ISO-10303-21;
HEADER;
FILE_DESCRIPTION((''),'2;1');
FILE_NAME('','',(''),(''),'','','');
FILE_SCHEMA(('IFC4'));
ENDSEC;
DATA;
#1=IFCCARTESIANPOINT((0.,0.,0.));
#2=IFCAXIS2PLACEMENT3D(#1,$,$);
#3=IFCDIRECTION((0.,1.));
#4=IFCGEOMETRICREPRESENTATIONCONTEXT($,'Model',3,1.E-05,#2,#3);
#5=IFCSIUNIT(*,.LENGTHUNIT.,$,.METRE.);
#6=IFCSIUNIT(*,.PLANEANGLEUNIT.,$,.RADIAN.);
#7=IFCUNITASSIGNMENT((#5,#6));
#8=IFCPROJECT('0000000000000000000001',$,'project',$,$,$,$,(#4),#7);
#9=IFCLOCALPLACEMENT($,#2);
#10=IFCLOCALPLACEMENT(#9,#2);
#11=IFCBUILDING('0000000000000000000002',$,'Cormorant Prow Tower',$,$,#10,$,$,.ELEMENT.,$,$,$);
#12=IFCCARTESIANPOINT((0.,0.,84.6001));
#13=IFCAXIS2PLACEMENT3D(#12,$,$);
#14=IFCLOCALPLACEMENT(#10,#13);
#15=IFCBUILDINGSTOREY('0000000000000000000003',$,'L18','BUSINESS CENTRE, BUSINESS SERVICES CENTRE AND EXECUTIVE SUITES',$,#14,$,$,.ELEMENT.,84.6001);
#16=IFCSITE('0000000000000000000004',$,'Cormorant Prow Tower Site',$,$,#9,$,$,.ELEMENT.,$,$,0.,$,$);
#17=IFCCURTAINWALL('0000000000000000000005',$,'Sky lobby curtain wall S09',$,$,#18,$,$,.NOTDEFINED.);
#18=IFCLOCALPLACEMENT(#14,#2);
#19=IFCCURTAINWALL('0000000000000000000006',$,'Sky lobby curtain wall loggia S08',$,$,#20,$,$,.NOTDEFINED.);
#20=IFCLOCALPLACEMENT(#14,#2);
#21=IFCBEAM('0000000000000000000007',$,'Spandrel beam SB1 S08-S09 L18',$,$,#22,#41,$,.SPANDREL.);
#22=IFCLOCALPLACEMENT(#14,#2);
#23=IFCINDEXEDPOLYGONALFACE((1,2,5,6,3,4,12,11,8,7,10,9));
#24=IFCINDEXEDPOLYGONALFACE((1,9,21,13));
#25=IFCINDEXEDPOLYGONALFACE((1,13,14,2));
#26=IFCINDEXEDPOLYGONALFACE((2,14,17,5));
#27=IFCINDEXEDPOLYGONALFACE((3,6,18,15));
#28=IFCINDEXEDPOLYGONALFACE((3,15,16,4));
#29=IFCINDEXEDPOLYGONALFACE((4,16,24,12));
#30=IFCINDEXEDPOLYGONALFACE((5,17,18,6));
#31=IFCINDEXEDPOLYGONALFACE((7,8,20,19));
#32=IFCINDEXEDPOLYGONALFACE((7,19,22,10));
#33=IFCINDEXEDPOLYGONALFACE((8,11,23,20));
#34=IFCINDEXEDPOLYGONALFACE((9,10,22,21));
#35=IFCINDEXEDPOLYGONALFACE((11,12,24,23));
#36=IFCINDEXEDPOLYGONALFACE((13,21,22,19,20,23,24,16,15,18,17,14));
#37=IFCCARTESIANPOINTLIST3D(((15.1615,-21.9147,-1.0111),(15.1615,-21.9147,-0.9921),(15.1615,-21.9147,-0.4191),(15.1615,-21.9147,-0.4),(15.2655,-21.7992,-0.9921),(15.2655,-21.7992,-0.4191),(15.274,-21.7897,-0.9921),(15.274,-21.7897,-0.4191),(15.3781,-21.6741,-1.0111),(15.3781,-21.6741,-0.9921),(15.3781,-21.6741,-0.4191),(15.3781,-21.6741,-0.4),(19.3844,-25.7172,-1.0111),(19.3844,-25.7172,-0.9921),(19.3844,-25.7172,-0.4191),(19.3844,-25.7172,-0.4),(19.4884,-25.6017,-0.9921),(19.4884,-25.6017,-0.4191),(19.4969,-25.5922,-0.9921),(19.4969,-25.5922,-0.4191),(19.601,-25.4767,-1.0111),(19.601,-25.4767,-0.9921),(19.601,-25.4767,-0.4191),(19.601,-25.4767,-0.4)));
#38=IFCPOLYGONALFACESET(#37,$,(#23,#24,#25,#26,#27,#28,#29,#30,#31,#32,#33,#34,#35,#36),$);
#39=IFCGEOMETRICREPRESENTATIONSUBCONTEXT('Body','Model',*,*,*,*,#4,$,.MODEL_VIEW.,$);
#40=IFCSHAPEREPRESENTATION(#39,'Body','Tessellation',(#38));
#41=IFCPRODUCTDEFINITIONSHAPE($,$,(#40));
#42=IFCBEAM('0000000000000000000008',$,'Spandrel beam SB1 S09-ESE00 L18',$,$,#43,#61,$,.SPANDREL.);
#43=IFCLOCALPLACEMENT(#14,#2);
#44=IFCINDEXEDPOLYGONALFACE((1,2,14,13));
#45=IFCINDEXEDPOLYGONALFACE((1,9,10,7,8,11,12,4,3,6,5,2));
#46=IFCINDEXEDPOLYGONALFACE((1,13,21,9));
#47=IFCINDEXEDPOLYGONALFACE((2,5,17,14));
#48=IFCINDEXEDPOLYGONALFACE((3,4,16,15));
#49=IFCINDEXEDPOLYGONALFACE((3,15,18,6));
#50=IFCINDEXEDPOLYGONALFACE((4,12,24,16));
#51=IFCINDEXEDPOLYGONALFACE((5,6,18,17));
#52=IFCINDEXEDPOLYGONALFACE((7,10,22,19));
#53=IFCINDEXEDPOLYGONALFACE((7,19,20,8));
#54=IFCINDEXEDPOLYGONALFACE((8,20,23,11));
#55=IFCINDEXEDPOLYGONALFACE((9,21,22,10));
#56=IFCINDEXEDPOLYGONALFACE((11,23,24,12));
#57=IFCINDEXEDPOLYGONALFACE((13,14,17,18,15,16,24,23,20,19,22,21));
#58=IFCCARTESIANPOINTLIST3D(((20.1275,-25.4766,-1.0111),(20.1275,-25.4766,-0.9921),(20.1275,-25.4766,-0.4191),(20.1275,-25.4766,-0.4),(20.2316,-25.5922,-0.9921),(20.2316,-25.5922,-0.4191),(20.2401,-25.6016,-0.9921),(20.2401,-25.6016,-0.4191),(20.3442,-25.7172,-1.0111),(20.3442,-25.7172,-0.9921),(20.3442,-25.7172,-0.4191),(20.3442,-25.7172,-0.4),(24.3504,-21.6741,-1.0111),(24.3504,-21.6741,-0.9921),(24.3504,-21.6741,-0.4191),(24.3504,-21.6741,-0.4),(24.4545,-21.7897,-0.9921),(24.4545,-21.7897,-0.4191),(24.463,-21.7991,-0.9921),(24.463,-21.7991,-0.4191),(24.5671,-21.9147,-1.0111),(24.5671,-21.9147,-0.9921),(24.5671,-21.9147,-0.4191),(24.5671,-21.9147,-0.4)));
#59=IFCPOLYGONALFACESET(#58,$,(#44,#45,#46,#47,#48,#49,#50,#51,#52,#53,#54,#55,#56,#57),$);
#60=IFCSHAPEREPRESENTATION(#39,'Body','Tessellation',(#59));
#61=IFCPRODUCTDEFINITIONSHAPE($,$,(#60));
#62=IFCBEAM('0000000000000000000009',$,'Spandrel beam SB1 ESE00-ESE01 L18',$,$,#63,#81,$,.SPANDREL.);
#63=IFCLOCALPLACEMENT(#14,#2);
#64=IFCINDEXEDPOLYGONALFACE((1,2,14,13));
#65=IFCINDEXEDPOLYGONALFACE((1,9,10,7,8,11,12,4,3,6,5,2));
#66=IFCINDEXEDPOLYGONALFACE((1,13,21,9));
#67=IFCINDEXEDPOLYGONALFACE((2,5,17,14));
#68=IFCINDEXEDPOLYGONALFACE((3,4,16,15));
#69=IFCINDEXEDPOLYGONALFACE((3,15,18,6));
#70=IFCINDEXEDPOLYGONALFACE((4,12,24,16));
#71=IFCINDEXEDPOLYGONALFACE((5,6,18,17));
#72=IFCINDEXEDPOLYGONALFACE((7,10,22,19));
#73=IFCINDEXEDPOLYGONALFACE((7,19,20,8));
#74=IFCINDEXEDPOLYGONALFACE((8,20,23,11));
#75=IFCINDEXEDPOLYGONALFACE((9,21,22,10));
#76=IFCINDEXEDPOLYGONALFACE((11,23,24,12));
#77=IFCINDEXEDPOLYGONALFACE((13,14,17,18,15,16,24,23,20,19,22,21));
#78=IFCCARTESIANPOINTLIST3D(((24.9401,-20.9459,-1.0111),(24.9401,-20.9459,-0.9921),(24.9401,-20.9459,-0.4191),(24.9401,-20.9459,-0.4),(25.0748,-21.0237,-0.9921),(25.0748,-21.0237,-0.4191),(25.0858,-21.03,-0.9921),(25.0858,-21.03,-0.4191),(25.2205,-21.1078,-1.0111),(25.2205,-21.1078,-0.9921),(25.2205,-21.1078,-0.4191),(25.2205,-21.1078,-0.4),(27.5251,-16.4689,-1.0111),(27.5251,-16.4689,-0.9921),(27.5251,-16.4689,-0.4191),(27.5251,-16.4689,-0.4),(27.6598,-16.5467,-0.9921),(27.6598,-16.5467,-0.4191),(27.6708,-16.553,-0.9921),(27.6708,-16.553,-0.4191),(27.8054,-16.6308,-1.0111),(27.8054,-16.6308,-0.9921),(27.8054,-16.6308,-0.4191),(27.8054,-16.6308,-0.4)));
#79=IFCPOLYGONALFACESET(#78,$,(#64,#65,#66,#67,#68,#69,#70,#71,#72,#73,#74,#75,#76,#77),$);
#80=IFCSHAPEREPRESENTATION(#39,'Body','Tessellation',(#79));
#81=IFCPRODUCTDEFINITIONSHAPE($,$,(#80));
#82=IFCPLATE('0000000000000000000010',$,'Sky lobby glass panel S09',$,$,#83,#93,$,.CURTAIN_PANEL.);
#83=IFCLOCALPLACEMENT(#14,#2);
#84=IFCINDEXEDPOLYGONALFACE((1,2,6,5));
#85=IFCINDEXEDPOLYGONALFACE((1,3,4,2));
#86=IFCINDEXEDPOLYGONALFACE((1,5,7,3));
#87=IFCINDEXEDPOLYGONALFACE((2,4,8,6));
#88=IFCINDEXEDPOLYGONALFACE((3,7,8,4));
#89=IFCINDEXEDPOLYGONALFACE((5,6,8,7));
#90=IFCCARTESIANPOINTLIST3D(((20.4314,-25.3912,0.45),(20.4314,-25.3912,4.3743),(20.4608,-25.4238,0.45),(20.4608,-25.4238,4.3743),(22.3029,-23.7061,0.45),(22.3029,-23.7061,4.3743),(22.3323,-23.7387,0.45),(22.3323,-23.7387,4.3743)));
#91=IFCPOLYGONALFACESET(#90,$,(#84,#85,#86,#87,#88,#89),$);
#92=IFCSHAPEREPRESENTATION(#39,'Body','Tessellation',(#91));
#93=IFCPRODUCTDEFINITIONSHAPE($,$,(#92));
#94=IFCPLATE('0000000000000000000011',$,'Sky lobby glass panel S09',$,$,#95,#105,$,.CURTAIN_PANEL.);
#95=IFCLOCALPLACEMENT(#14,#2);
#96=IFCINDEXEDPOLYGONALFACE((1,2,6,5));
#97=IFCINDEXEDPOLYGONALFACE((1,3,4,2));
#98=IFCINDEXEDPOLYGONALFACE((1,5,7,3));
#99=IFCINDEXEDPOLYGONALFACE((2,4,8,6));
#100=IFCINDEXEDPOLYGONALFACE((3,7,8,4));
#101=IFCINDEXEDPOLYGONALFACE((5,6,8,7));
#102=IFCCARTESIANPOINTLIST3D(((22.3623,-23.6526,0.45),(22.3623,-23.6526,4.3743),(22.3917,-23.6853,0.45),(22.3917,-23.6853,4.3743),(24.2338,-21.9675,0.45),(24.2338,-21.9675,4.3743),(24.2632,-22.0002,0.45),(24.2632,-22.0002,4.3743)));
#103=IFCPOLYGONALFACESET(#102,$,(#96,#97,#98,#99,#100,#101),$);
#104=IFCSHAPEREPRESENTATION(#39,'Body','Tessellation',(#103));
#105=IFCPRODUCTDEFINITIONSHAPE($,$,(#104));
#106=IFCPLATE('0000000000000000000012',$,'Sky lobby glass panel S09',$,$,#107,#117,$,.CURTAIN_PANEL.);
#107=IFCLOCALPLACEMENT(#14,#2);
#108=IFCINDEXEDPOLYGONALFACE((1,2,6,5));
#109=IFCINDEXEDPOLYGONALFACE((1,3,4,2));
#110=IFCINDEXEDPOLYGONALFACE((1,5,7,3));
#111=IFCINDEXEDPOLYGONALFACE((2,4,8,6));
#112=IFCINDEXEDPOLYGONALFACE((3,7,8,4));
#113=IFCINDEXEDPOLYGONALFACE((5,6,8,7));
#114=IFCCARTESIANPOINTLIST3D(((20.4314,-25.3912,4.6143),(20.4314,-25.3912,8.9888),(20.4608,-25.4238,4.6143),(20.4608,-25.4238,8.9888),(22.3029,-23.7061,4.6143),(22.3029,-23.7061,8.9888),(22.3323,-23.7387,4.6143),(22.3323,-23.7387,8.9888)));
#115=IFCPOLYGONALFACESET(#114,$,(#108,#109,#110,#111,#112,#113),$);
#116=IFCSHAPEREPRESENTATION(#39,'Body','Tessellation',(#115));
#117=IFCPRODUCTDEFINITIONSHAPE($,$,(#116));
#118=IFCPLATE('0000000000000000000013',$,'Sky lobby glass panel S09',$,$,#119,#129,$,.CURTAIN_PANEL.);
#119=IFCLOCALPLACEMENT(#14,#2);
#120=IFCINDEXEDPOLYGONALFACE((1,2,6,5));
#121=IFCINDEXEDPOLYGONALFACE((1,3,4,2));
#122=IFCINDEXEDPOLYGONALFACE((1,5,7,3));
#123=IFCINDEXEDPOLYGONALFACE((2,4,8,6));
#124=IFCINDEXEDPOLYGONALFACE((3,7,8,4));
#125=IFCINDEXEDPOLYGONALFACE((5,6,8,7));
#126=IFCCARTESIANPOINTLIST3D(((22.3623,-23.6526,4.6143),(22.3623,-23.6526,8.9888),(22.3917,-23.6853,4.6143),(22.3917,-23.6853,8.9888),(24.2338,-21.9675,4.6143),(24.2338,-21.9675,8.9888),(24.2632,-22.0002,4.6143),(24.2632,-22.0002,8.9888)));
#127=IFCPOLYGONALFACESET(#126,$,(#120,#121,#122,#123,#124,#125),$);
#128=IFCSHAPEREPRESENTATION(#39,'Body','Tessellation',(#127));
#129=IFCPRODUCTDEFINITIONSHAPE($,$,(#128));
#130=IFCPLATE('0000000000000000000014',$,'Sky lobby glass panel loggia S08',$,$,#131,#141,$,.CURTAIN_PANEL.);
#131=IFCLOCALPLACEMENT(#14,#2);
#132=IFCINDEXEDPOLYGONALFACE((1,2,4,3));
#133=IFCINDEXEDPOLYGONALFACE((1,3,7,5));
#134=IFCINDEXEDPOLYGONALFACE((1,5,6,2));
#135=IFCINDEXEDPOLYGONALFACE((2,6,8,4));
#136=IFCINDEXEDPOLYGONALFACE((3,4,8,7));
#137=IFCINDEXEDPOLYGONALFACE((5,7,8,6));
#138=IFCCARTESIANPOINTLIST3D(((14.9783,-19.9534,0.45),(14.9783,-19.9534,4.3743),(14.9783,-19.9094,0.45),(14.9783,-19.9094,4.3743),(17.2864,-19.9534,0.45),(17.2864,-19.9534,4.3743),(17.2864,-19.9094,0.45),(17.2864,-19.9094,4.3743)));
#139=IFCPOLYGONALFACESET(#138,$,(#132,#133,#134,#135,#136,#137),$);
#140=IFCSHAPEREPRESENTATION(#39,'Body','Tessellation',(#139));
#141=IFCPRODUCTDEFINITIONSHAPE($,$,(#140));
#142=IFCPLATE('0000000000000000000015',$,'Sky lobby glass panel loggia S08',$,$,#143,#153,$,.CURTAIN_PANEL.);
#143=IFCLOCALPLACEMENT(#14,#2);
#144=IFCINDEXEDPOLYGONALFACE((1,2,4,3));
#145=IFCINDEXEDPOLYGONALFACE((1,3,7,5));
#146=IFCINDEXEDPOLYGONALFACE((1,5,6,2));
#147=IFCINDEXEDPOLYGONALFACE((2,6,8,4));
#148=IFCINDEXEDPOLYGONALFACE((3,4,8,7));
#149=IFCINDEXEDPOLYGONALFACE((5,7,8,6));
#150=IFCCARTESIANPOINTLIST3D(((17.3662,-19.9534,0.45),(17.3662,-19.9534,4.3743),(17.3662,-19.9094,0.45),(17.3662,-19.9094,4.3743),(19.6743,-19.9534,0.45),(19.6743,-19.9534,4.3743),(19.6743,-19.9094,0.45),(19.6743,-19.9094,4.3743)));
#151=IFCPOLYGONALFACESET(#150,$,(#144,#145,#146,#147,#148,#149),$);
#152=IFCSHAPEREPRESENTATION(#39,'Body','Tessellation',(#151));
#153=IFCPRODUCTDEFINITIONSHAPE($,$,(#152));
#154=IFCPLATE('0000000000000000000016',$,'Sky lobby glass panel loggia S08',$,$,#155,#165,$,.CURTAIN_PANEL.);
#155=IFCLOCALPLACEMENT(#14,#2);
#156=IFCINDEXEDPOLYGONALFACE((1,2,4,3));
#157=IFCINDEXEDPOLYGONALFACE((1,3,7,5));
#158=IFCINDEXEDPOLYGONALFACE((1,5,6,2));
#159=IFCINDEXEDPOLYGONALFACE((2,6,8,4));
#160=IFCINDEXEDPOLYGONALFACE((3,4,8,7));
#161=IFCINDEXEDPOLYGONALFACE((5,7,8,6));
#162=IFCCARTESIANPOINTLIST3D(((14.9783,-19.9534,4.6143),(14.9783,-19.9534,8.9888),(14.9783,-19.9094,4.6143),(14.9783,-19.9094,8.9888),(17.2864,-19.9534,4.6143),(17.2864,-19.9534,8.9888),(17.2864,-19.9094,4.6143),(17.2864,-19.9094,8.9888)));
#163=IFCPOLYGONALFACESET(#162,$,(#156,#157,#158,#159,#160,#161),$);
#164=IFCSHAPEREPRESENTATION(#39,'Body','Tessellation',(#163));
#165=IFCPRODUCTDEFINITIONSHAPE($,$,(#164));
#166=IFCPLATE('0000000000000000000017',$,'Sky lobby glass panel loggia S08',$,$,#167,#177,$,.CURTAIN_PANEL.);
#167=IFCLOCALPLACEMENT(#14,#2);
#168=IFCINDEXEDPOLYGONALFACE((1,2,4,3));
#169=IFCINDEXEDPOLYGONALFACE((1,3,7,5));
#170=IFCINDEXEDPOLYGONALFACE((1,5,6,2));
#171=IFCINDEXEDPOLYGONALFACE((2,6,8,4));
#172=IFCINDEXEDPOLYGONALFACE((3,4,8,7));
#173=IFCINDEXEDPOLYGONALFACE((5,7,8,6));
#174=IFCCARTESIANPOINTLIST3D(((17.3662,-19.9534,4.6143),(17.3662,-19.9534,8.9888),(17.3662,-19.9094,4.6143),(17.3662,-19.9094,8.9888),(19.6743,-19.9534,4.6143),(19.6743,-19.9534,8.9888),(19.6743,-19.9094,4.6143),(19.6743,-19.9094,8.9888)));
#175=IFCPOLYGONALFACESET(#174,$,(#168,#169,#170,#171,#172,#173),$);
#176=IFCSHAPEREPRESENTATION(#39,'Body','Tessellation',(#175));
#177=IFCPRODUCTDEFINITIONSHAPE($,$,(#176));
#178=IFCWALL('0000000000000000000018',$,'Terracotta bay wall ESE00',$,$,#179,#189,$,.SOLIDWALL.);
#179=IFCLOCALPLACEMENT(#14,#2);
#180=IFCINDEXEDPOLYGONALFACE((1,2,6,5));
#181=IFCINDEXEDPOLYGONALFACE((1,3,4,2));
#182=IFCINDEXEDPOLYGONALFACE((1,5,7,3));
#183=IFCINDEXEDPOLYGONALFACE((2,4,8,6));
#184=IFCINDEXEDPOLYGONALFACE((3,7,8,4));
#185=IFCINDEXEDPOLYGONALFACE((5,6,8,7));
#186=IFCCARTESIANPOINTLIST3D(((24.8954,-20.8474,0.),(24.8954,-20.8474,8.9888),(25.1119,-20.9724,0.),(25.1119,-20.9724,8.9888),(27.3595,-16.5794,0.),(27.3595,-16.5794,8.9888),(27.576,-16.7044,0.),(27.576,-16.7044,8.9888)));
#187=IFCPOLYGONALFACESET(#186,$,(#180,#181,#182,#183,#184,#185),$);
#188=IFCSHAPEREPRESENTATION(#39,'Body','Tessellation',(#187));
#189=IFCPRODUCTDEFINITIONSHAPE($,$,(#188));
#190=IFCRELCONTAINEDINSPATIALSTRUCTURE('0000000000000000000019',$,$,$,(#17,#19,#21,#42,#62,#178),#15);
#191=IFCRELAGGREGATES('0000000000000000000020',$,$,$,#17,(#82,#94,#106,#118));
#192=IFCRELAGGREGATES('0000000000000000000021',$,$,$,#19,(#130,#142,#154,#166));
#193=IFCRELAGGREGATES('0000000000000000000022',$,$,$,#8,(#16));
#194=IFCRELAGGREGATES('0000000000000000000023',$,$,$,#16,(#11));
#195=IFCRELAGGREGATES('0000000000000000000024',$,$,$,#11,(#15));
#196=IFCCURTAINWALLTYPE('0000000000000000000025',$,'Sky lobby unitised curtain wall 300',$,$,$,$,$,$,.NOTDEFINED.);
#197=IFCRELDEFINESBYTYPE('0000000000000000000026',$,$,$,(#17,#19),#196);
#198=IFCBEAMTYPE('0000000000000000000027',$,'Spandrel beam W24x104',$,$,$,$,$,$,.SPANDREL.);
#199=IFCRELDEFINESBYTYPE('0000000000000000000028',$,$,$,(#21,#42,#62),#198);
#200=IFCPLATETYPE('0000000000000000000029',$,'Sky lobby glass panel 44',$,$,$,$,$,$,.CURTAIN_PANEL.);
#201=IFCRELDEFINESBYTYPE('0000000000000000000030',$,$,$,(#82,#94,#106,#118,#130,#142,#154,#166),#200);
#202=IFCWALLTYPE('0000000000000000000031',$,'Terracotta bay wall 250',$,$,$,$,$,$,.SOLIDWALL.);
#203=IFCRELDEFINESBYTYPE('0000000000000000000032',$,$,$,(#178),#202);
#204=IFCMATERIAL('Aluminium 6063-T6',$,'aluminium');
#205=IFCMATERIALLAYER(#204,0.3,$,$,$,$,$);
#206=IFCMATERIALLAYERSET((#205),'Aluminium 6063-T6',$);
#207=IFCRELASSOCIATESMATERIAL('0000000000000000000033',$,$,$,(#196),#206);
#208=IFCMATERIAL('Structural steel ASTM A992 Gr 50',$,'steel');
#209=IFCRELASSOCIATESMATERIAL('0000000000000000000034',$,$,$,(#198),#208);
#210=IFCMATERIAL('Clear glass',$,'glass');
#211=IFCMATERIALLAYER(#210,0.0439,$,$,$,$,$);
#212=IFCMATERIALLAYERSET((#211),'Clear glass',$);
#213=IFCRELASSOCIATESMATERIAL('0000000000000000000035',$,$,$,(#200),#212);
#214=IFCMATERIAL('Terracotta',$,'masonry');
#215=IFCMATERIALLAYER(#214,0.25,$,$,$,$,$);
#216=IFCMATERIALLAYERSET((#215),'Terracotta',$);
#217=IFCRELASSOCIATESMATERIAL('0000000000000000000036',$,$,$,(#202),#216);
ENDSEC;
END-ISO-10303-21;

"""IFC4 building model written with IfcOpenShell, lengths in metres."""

from ifc_helpers import new_model, si_unit, direction, frame, frame_2d, origin, origin_2d, place, context, subcontext, project, spatial, rectangle, i_section, extrude, material, layer, layer_set, material_profile, profile_set, type_object, element, aggregate, save


model = new_model("IFC4")

# Units and contexts
model_context = context("Model", 3, precision=1e-05, world=origin(), true_north=direction((0.0, 1.0)))
body_context = subcontext(model_context, "Body", "Model", "MODEL_VIEW")
ifc_project = project(units=[si_unit("LENGTHUNIT", "METRE"), si_unit("PLANEANGLEUNIT", "RADIAN")], contexts=[model_context])

# Site, building, storey
site_placement = place(None, origin())
site = spatial("IfcSite", under=ifc_project, at=site_placement, Name="Cormorant Prow Tower Site", CompositionType="ELEMENT", RefElevation=0.0)
building_placement = place(site_placement, origin())
building = spatial("IfcBuilding", under=site, at=building_placement, Name="Cormorant Prow Tower", CompositionType="ELEMENT")
storey_placement = place(building_placement, frame((0.0, 0.0, 84.6001)))
storey = spatial("IfcBuildingStorey", under=building, at=storey_placement, Name="L18", Description="BUSINESS CENTRE, BUSINESS SERVICES CENTRE AND EXECUTIVE SUITES", CompositionType="ELEMENT", Elevation=84.6001)

# Curtain walls
ifc_material_1 = material(Name="Aluminium 6063-T6", Category="aluminium")
ifc_layer_1 = layer(ifc_material_1, 0.3)
ifc_layer_set_1 = layer_set([ifc_layer_1], Name="Aluminium 6063-T6")
curtain_wall_type = type_object("IfcCurtainWallType", Name="Sky lobby unitised curtain wall 300", PredefinedType="NOTDEFINED", material=ifc_layer_set_1)
curtain_wall_1_placement = place(storey_placement, origin())
curtain_wall_1 = element("IfcCurtainWall", 1, at=curtain_wall_1_placement, inside=storey, type_object=curtain_wall_type, Name="Sky lobby curtain wall S09", PredefinedType="NOTDEFINED")
curtain_wall_2_placement = place(storey_placement, origin())
curtain_wall_2 = element("IfcCurtainWall", 2, at=curtain_wall_2_placement, inside=storey, type_object=curtain_wall_type, Name="Sky lobby curtain wall loggia S08", PredefinedType="NOTDEFINED")

# Beams
ifc_material_2 = material(Name="Structural steel ASTM A992 Gr 50", Category="steel")
ifc_material_profile_1 = material_profile(ifc_material_2, i_section(OverallWidth=0.3237, OverallDepth=0.6111, WebThickness=0.0127, FlangeThickness=0.019, at=origin_2d()), Name="W24x104")
ifc_profile_set_1 = profile_set([ifc_material_profile_1], Name="Structural steel ASTM A992 Gr 50")
beam_type = type_object("IfcBeamType", Name="Spandrel beam W24x104", PredefinedType="SPANDREL", material=ifc_profile_set_1)
for number, where, z_axis, x_axis, name in (
    (3, (15.2698, -21.7944, -0.7056), (0.74313, -0.669147, 0.0), (0.669147, 0.74313, 0.0), "Spandrel beam SB1 S08-S09 L18"),
    (4, (20.2358, -25.5969, -0.7056), (0.74313, 0.669147, 0.0), (-0.669147, 0.74313, 0.0), "Spandrel beam SB1 S09-ESE00 L18"),
):
    element("IfcBeam", number, at=place(storey_placement, frame(where, z_axis=z_axis, x_axis=x_axis)), inside=storey, type_object=beam_type, Name=name, PredefinedType="SPANDREL", context=body_context, shape_type="SweptSolid", body=[
        extrude(i_section(OverallWidth=0.3237, OverallDepth=0.6111, WebThickness=0.0127, FlangeThickness=0.019, at=origin_2d()), origin(), (0.0, 0.0, 1.0), 5.6826),
    ])
beam_placement = place(storey_placement, frame((25.0803, -21.0269, -0.7056), z_axis=(0.50002, 0.866014, 0.0), x_axis=(-0.866014, 0.50002, 0.0)))
element("IfcBeam", 5, at=beam_placement, inside=storey, type_object=beam_type, Name="Spandrel beam SB1 ESE00-ESE01 L18", PredefinedType="SPANDREL", context=body_context, shape_type="SweptSolid", body=[
    extrude(i_section(OverallWidth=0.3237, OverallDepth=0.6111, WebThickness=0.0127, FlangeThickness=0.019, at=origin_2d()), origin(), (0.0, 0.0, 1.0), 5.1697),
])

# Plates
ifc_material_3 = material(Name="Clear glass", Category="glass")
ifc_layer_2 = layer(ifc_material_3, 0.0439)
ifc_layer_set_2 = layer_set([ifc_layer_2], Name="Clear glass")
plate_type = type_object("IfcPlateType", Name="Sky lobby glass panel 44", PredefinedType="CURTAIN_PANEL", material=ifc_layer_set_2)
plate_1_placement = place(storey_placement, frame((21.3818, -24.5649, 0.45), z_axis=(0.0, 0.0, 1.0), x_axis=(0.743145, 0.669131, 0.0)))
plate_1 = element("IfcPlate", 6, at=plate_1_placement, type_object=plate_type, Name="Sky lobby glass panel S09", PredefinedType="CURTAIN_PANEL", context=body_context, shape_type="SweptSolid", body=[
    extrude(rectangle(XDim=2.5183, YDim=0.0439, at=origin_2d()), origin(), (0.0, 0.0, 1.0), 3.9243),
])
plate_2_placement = place(storey_placement, frame((23.3127, -22.8264, 0.45), z_axis=(0.0, 0.0, 1.0), x_axis=(0.743145, 0.669131, 0.0)))
plate_2 = element("IfcPlate", 7, at=plate_2_placement, type_object=plate_type, Name="Sky lobby glass panel S09", PredefinedType="CURTAIN_PANEL", context=body_context, shape_type="SweptSolid", body=[
    extrude(rectangle(XDim=2.5183, YDim=0.0439, at=origin_2d()), origin(), (0.0, 0.0, 1.0), 3.9243),
])
plate_3_placement = place(storey_placement, frame((21.3818, -24.5649, 4.6143), z_axis=(0.0, 0.0, 1.0), x_axis=(0.743145, 0.669131, 0.0)))
plate_3 = element("IfcPlate", 8, at=plate_3_placement, type_object=plate_type, Name="Sky lobby glass panel S09", PredefinedType="CURTAIN_PANEL", context=body_context, shape_type="SweptSolid", body=[
    extrude(rectangle(XDim=2.5183, YDim=0.0439, at=origin_2d()), origin(), (0.0, 0.0, 1.0), 4.3745),
])
plate_4_placement = place(storey_placement, frame((23.3127, -22.8264, 4.6143), z_axis=(0.0, 0.0, 1.0), x_axis=(0.743145, 0.669131, 0.0)))
plate_4 = element("IfcPlate", 9, at=plate_4_placement, type_object=plate_type, Name="Sky lobby glass panel S09", PredefinedType="CURTAIN_PANEL", context=body_context, shape_type="SweptSolid", body=[
    extrude(rectangle(XDim=2.5183, YDim=0.0439, at=origin_2d()), origin(), (0.0, 0.0, 1.0), 4.3745),
])
aggregate(curtain_wall_1, [plate_1, plate_2, plate_3, plate_4])
plate_5_placement = place(storey_placement, frame((16.1323, -19.9314, 0.45), z_axis=(0.0, 0.0, 1.0), x_axis=(1.0, 0.0, 0.0)))
plate_5 = element("IfcPlate", 10, at=plate_5_placement, type_object=plate_type, Name="Sky lobby glass panel loggia S08", PredefinedType="CURTAIN_PANEL", context=body_context, shape_type="SweptSolid", body=[
    extrude(rectangle(XDim=2.3081, YDim=0.0439, at=origin_2d()), origin(), (0.0, 0.0, 1.0), 3.9243),
])
plate_6_placement = place(storey_placement, frame((18.5203, -19.9314, 0.45), z_axis=(0.0, 0.0, 1.0), x_axis=(1.0, 0.0, 0.0)))
plate_6 = element("IfcPlate", 11, at=plate_6_placement, type_object=plate_type, Name="Sky lobby glass panel loggia S08", PredefinedType="CURTAIN_PANEL", context=body_context, shape_type="SweptSolid", body=[
    extrude(rectangle(XDim=2.3081, YDim=0.0439, at=origin_2d()), origin(), (0.0, 0.0, 1.0), 3.9243),
])
plate_7_placement = place(storey_placement, frame((16.1323, -19.9314, 4.6143), z_axis=(0.0, 0.0, 1.0), x_axis=(1.0, 0.0, 0.0)))
plate_7 = element("IfcPlate", 12, at=plate_7_placement, type_object=plate_type, Name="Sky lobby glass panel loggia S08", PredefinedType="CURTAIN_PANEL", context=body_context, shape_type="SweptSolid", body=[
    extrude(rectangle(XDim=2.3081, YDim=0.0439, at=origin_2d()), origin(), (0.0, 0.0, 1.0), 4.3745),
])
plate_8_placement = place(storey_placement, frame((18.5203, -19.9314, 4.6143), z_axis=(0.0, 0.0, 1.0), x_axis=(1.0, 0.0, 0.0)))
plate_8 = element("IfcPlate", 13, at=plate_8_placement, type_object=plate_type, Name="Sky lobby glass panel loggia S08", PredefinedType="CURTAIN_PANEL", context=body_context, shape_type="SweptSolid", body=[
    extrude(rectangle(XDim=2.3081, YDim=0.0439, at=origin_2d()), origin(), (0.0, 0.0, 1.0), 4.3745),
])
aggregate(curtain_wall_2, [plate_5, plate_6, plate_7, plate_8])

# Wall
ifc_material_4 = material(Name="Terracotta", Category="masonry")
ifc_layer_3 = layer(ifc_material_4, 0.25)
ifc_layer_set_3 = layer_set([ifc_layer_3], Name="Terracotta")
wall_type_1 = type_object("IfcWallType", Name="Terracotta bay wall 250", PredefinedType="SOLIDWALL", material=ifc_layer_set_3)
wall_1_placement = place(storey_placement, frame((25.0037, -20.9099, 0.0), z_axis=(0.0, 0.0, 1.0), x_axis=(0.499991, 0.86603, 0.0)))
element("IfcWall", 14, at=wall_1_placement, inside=storey, type_object=wall_type_1, Name="Terracotta bay wall ESE00", PredefinedType="SOLIDWALL", context=body_context, shape_type="SweptSolid", body=[
    extrude(rectangle(XDim=4.9282, YDim=0.25, at=frame_2d((2.4641, 0.0))), origin(), (0.0, 0.0, 1.0), 8.9888),
])

save(model, "model.ifc")
